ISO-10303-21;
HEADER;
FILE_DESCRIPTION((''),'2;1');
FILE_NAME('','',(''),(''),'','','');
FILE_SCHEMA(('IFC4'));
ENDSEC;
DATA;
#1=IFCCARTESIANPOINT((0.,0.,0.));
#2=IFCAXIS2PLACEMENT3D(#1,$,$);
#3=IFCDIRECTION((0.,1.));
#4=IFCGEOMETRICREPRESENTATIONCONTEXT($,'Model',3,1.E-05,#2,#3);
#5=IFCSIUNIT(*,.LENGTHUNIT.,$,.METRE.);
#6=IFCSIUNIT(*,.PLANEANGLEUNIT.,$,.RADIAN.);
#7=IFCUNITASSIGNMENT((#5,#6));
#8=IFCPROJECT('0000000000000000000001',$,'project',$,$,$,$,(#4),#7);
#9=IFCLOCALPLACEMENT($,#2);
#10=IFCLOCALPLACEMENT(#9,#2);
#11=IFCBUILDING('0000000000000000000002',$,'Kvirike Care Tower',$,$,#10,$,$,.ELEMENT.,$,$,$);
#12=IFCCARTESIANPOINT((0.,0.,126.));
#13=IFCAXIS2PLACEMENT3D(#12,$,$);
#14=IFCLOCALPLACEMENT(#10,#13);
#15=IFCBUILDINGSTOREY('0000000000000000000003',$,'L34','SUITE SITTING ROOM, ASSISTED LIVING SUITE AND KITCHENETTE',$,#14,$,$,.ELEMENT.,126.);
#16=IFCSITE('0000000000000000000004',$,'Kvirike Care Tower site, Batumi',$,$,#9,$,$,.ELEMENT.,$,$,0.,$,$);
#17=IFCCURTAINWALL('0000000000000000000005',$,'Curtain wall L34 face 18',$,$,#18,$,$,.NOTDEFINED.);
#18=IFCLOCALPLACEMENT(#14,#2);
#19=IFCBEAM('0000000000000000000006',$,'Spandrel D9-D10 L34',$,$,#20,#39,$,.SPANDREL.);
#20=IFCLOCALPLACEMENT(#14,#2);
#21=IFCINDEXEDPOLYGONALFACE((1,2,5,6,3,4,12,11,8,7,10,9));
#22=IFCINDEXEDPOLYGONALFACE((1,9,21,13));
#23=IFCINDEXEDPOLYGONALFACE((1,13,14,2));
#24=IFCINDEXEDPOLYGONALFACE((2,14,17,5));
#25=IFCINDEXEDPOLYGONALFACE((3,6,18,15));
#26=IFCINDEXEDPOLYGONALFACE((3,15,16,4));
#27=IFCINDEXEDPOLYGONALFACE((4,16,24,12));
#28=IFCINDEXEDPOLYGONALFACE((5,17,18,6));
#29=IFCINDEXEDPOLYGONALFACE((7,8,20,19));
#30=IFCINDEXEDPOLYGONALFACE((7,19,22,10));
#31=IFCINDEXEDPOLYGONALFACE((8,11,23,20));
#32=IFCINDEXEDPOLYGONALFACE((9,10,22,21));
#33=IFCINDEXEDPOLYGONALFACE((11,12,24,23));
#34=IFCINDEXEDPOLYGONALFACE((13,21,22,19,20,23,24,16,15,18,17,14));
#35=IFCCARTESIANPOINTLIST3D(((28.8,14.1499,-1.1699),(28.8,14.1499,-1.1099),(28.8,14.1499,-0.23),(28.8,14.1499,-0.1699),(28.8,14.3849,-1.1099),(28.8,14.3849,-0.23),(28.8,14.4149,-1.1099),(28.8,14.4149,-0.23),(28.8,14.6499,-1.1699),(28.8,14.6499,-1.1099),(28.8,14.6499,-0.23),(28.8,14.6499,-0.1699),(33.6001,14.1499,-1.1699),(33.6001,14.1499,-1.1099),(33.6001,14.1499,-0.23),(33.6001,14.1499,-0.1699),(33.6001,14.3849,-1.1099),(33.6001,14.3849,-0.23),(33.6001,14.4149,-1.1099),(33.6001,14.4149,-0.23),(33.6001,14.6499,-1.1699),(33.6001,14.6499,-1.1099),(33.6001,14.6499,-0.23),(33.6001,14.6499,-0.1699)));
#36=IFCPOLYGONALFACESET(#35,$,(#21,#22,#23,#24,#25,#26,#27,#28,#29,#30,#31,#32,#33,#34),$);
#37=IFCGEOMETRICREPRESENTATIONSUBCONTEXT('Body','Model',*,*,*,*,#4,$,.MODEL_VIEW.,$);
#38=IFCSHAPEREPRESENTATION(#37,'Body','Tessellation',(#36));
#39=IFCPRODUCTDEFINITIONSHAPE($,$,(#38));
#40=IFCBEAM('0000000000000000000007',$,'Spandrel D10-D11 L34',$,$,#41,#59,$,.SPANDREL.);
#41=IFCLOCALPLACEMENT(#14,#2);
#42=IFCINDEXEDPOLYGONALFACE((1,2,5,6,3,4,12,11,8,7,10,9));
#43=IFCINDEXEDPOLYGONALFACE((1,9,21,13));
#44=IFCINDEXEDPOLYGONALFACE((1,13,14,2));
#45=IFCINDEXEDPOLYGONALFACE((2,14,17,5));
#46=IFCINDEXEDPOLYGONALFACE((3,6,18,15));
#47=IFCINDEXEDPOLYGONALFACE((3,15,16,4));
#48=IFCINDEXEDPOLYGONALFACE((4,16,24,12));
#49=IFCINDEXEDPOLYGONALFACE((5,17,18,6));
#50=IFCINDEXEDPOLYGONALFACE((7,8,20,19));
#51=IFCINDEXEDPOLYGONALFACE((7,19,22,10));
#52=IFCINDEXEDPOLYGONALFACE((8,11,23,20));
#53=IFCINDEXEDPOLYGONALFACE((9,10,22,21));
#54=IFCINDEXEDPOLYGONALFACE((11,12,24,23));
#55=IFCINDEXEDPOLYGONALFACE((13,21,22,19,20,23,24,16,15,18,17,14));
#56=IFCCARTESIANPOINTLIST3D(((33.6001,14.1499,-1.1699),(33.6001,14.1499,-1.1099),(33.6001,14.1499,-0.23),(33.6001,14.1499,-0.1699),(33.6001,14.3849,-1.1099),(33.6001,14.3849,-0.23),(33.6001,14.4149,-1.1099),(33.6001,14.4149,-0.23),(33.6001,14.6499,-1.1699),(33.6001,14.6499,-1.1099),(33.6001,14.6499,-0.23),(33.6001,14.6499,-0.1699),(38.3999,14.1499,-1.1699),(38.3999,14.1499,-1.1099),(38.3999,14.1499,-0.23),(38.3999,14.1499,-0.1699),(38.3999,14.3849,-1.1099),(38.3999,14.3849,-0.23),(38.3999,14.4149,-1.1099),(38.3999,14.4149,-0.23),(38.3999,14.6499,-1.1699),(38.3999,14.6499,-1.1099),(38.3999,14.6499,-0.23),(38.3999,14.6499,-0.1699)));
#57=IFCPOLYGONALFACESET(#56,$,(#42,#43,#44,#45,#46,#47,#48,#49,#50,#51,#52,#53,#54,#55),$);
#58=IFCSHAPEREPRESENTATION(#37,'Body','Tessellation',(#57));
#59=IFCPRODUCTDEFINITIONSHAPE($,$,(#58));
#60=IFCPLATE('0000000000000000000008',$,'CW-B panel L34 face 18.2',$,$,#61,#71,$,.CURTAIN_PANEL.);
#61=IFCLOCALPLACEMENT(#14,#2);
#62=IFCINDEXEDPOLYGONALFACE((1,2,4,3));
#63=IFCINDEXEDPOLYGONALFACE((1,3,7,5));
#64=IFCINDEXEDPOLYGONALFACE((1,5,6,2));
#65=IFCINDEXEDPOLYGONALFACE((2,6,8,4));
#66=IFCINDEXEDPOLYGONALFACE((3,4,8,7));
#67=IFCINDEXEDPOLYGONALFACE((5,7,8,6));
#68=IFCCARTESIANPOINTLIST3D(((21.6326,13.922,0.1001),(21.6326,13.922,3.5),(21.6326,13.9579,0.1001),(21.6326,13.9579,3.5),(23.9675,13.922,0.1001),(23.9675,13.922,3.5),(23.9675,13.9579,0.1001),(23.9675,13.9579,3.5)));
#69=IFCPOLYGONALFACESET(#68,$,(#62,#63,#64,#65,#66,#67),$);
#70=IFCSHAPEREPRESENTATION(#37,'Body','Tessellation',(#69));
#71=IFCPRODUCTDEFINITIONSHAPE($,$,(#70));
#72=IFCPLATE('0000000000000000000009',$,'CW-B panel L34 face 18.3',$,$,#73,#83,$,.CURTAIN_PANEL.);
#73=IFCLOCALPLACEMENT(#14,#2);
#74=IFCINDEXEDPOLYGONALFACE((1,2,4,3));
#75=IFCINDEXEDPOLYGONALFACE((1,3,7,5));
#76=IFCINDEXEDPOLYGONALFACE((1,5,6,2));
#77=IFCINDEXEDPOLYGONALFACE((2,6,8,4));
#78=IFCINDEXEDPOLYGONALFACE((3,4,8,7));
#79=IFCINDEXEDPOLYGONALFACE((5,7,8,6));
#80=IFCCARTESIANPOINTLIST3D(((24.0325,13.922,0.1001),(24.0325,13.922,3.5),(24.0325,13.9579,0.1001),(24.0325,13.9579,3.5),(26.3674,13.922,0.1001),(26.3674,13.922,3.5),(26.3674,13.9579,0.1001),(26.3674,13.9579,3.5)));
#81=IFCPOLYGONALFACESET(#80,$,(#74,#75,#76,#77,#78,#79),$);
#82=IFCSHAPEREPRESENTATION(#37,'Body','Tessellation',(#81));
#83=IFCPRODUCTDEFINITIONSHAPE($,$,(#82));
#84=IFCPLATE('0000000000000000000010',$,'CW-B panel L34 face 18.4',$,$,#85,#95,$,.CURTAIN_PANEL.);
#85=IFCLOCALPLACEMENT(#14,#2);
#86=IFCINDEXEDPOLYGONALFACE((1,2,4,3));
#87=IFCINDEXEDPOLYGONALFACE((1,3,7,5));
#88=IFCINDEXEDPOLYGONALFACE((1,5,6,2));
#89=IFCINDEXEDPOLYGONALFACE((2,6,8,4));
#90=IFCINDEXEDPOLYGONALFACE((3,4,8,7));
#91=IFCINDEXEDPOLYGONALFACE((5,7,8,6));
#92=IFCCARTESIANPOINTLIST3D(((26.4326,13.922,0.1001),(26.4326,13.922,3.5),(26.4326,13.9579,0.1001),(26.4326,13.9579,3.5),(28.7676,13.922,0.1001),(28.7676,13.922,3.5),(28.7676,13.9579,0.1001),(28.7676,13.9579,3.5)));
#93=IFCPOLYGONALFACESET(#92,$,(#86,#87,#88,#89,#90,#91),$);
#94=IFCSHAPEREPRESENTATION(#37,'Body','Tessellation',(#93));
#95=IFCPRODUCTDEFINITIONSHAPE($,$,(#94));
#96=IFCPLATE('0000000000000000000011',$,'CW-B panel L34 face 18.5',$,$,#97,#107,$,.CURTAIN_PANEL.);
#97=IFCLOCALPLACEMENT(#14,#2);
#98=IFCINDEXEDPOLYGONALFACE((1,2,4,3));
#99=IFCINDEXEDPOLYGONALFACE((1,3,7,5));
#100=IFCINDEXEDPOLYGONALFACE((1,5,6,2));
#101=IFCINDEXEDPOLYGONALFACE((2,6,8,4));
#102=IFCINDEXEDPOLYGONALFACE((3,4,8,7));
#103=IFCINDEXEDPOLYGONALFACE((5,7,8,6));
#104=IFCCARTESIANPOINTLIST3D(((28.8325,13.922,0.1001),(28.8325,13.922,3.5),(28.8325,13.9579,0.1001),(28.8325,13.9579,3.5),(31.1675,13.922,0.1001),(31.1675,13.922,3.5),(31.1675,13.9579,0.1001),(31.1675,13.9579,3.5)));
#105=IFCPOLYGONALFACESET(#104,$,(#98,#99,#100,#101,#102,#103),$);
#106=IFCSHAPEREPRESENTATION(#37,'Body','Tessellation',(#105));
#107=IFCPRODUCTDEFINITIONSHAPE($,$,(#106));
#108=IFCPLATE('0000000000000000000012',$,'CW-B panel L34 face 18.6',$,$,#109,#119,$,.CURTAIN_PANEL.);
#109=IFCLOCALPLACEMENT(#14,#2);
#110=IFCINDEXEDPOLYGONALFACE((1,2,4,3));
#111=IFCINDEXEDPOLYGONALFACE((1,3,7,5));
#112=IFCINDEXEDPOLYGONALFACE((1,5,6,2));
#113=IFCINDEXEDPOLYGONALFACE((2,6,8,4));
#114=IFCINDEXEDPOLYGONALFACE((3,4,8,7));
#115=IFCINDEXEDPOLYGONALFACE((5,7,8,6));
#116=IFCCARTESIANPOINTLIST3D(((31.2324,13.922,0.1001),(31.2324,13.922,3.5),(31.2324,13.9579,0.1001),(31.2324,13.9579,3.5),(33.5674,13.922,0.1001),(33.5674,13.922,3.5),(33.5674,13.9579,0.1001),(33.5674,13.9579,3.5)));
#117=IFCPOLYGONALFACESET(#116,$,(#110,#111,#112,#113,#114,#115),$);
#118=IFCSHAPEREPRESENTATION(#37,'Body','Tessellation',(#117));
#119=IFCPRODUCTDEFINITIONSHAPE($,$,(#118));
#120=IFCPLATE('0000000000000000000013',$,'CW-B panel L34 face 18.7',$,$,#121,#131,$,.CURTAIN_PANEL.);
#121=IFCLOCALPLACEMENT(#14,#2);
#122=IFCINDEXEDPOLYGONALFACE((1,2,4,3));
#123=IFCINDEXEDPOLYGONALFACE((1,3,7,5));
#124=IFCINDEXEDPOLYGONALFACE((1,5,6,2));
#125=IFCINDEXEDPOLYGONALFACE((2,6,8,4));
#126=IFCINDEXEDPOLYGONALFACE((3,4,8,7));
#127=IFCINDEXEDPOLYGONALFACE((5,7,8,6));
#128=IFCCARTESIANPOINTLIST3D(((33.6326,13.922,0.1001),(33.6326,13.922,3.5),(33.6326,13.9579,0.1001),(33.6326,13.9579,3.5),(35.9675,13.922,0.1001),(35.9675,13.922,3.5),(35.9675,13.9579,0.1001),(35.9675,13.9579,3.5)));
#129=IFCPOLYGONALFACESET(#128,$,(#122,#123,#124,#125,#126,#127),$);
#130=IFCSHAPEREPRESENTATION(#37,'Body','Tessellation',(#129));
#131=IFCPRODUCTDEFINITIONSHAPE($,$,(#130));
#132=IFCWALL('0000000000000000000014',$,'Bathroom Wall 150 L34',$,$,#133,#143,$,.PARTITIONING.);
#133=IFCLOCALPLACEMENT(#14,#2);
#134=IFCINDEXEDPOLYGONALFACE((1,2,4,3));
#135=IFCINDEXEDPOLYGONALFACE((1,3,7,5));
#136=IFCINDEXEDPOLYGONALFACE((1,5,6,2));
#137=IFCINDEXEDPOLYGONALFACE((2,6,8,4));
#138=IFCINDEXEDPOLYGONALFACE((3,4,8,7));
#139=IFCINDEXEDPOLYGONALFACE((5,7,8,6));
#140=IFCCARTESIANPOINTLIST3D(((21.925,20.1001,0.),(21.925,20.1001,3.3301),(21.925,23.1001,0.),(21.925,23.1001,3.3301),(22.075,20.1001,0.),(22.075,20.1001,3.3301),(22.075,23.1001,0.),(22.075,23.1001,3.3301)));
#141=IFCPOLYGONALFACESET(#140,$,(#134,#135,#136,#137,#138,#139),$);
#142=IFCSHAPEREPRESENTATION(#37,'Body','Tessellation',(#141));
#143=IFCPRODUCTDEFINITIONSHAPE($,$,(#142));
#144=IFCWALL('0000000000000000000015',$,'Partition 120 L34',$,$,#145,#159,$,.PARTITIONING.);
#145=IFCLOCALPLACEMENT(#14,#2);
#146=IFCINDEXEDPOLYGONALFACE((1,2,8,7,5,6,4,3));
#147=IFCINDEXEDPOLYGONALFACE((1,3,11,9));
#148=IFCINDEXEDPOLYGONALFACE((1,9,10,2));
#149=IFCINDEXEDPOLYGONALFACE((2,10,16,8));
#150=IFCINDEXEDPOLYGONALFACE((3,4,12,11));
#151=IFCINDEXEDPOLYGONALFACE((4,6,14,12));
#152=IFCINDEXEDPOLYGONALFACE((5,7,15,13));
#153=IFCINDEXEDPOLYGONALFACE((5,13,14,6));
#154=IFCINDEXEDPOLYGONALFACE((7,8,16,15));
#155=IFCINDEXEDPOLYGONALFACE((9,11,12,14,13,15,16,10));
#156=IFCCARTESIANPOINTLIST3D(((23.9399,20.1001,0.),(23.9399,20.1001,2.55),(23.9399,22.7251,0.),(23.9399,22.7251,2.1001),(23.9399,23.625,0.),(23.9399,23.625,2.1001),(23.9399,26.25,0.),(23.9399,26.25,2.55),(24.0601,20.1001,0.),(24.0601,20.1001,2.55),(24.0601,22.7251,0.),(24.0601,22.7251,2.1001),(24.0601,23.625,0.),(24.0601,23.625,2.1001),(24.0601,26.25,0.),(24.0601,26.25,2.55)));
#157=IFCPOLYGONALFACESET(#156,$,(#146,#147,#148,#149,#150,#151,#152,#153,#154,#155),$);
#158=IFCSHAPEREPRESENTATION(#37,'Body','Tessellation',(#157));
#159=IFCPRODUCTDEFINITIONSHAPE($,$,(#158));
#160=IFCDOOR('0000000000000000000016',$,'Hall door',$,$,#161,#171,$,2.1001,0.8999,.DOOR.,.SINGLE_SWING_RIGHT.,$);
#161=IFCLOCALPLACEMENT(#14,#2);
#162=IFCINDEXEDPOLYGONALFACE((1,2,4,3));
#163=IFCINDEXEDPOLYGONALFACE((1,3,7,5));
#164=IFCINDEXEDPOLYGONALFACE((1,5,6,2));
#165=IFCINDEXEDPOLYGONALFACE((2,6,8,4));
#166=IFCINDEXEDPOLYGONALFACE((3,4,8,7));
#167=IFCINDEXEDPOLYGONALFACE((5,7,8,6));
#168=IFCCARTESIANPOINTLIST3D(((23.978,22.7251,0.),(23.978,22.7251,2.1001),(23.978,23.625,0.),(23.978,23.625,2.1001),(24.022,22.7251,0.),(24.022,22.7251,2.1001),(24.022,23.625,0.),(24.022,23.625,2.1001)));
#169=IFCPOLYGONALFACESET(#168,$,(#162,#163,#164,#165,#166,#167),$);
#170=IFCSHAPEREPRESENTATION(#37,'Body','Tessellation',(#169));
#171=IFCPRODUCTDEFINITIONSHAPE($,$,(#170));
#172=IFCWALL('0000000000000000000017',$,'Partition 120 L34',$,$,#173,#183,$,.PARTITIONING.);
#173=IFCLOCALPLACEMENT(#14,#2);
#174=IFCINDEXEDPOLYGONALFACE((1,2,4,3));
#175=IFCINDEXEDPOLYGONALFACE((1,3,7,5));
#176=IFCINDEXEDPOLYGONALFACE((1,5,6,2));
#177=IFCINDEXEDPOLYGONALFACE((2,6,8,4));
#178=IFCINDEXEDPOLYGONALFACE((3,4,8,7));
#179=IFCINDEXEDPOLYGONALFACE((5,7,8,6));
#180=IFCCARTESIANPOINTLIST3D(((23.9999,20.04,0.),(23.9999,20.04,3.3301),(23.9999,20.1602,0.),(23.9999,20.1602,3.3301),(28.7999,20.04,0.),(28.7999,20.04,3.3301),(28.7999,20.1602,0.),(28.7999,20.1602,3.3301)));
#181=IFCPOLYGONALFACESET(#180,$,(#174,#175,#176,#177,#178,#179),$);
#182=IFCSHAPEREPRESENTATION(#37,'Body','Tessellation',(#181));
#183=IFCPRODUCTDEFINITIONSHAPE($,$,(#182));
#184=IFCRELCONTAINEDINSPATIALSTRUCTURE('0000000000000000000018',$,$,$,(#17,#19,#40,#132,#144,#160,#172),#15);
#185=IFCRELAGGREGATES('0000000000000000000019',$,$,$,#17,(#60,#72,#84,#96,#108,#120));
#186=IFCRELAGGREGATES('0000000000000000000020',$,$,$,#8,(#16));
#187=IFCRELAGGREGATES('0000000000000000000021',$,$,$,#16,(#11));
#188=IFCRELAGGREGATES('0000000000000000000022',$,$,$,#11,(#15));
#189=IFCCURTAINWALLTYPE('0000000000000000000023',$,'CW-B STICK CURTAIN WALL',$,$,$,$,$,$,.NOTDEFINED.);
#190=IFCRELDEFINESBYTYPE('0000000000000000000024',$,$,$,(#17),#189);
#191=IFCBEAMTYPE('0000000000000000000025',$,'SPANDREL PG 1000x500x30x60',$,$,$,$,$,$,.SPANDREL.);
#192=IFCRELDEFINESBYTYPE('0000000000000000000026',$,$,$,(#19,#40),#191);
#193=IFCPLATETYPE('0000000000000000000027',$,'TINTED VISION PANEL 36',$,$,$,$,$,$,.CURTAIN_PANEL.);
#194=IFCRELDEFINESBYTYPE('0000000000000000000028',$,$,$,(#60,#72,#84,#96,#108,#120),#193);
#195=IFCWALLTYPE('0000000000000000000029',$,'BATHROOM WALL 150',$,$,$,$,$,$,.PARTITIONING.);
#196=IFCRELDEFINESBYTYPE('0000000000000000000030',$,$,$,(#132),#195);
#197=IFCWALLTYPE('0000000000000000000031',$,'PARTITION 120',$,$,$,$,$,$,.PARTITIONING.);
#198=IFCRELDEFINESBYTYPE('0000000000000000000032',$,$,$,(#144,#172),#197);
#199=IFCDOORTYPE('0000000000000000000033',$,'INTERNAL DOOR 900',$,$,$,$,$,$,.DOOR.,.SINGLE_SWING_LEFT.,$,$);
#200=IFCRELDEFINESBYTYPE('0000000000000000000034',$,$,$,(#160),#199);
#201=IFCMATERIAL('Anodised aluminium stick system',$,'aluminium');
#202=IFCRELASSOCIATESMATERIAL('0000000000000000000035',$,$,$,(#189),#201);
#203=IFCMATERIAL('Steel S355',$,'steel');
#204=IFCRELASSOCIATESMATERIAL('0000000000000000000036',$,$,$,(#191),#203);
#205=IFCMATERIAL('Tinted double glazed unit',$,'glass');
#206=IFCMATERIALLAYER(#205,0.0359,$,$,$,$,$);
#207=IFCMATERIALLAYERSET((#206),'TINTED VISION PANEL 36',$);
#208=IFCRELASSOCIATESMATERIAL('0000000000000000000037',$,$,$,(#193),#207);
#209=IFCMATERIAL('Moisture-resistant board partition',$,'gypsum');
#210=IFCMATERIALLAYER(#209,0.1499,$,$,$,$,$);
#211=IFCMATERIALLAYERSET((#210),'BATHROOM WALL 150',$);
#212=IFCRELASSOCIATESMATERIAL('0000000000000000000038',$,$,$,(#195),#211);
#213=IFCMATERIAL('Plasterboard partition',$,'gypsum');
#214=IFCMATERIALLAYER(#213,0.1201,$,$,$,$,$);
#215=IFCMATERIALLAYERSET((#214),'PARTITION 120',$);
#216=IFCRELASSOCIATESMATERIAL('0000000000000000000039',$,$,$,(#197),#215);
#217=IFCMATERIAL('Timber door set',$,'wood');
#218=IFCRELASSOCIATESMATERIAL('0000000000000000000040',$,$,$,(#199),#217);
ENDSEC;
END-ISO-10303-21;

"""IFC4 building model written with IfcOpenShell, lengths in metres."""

from ifc_helpers import new_model, si_unit, direction, frame, frame_2d, origin, origin_2d, place, context, subcontext, project, spatial, rectangle, i_section, extrude, material, layer, layer_set, material_profile, profile_set, type_object, element, fill, aggregate, save


model = new_model("IFC4")

# Units and contexts
model_context = context("Model", 3, precision=1e-05, world=origin(), true_north=direction((0.0, 1.0)))
body_context = subcontext(model_context, "Body", "Model", "MODEL_VIEW")
ifc_project = project(units=[si_unit("LENGTHUNIT", "METRE"), si_unit("PLANEANGLEUNIT", "RADIAN")], contexts=[model_context])

# Site, building, storey
site_placement = place(None, origin())
site = spatial("IfcSite", under=ifc_project, at=site_placement, Name="Kvirike Care Tower site, Batumi", CompositionType="ELEMENT", RefElevation=0.0)
building_placement = place(site_placement, origin())
building = spatial("IfcBuilding", under=site, at=building_placement, Name="Kvirike Care Tower", CompositionType="ELEMENT")
storey_placement = place(building_placement, frame((0.0, 0.0, 126.0)))
storey = spatial("IfcBuildingStorey", under=building, at=storey_placement, Name="L34", Description="SUITE SITTING ROOM, ASSISTED LIVING SUITE AND KITCHENETTE", CompositionType="ELEMENT", Elevation=126.0)

# Curtain wall
ifc_material_1 = material(Name="Anodised aluminium stick system", Category="aluminium")
curtain_wall_type = type_object("IfcCurtainWallType", Name="CW-B STICK CURTAIN WALL", PredefinedType="NOTDEFINED", material=ifc_material_1)
curtain_wall_placement = place(storey_placement, origin())
curtain_wall = element("IfcCurtainWall", 1, at=curtain_wall_placement, inside=storey, type_object=curtain_wall_type, Name="Curtain wall L34 face 18", PredefinedType="NOTDEFINED")

# Beams
ifc_material_2 = material(Name="Steel S355", Category="steel")
ifc_material_profile_1 = material_profile(ifc_material_2, i_section(OverallWidth=0.5, OverallDepth=1.0, WebThickness=0.03, FlangeThickness=0.0601, at=origin_2d()), Name="PG 1000x500x30x60")
ifc_profile_set_1 = profile_set([ifc_material_profile_1], Name="Steel S355")
beam_type_1 = type_object("IfcBeamType", Name="SPANDREL PG 1000x500x30x60", PredefinedType="SPANDREL", material=ifc_profile_set_1)
for number, where, z_axis, x_axis, name in (
    (2, (28.8, 14.3999, -0.6699), (1.0, 0.0, 0.0), (0.0, 1.0, 0.0), "Spandrel D9-D10 L34"),
):
    element("IfcBeam", number, at=place(storey_placement, frame(where, z_axis=z_axis, x_axis=x_axis)), inside=storey, type_object=beam_type_1, Name=name, PredefinedType="SPANDREL", context=body_context, shape_type="SweptSolid", body=[
        extrude(i_section(OverallWidth=0.5, OverallDepth=1.0, WebThickness=0.03, FlangeThickness=0.0601, at=origin_2d()), origin(), (0.0, 0.0, 1.0), 4.8),
    ])
beam_1_placement = place(storey_placement, frame((33.6001, 14.3999, -0.6699), z_axis=(1.0, 0.0, 0.0), x_axis=(0.0, 1.0, 0.0)))
element("IfcBeam", 3, at=beam_1_placement, inside=storey, type_object=beam_type_1, Name="Spandrel D10-D11 L34", PredefinedType="SPANDREL", context=body_context, shape_type="SweptSolid", body=[
    extrude(i_section(OverallWidth=0.5, OverallDepth=1.0, WebThickness=0.03, FlangeThickness=0.0601, at=origin_2d()), origin(), (0.0, 0.0, 1.0), 4.7998),
])

# Plates
ifc_material_3 = material(Name="Tinted double glazed unit", Category="glass")
ifc_layer_1 = layer(ifc_material_3, 0.0359)
ifc_layer_set_1 = layer_set([ifc_layer_1], Name="TINTED VISION PANEL 36")
plate_type = type_object("IfcPlateType", Name="TINTED VISION PANEL 36", PredefinedType="CURTAIN_PANEL", material=ifc_layer_set_1)
plate_1_placement = place(storey_placement, frame((22.8, 13.9399, 0.1001), z_axis=(0.0, 0.0, 1.0), x_axis=(1.0, 0.0, 0.0)))
plate_1 = element("IfcPlate", 4, at=plate_1_placement, type_object=plate_type, Name="CW-B panel L34 face 18.2", PredefinedType="CURTAIN_PANEL", context=body_context, shape_type="SweptSolid", body=[
    extrude(rectangle(XDim=2.335, YDim=0.0359, at=origin_2d()), origin(), (0.0, 0.0, 1.0), 3.3999),
])
plate_2_placement = place(storey_placement, frame((25.2, 13.9399, 0.1001), z_axis=(0.0, 0.0, 1.0), x_axis=(1.0, 0.0, 0.0)))
plate_2 = element("IfcPlate", 5, at=plate_2_placement, type_object=plate_type, Name="CW-B panel L34 face 18.3", PredefinedType="CURTAIN_PANEL", context=body_context, shape_type="SweptSolid", body=[
    extrude(rectangle(XDim=2.335, YDim=0.0359, at=origin_2d()), origin(), (0.0, 0.0, 1.0), 3.3999),
])
plate_3_placement = place(storey_placement, frame((27.6001, 13.9399, 0.1001), z_axis=(0.0, 0.0, 1.0), x_axis=(1.0, 0.0, 0.0)))
plate_3 = element("IfcPlate", 6, at=plate_3_placement, type_object=plate_type, Name="CW-B panel L34 face 18.4", PredefinedType="CURTAIN_PANEL", context=body_context, shape_type="SweptSolid", body=[
    extrude(rectangle(XDim=2.335, YDim=0.0359, at=origin_2d()), origin(), (0.0, 0.0, 1.0), 3.3999),
])
plate_4_placement = place(storey_placement, frame((30.0, 13.9399, 0.1001), z_axis=(0.0, 0.0, 1.0), x_axis=(1.0, 0.0, 0.0)))
plate_4 = element("IfcPlate", 7, at=plate_4_placement, type_object=plate_type, Name="CW-B panel L34 face 18.5", PredefinedType="CURTAIN_PANEL", context=body_context, shape_type="SweptSolid", body=[
    extrude(rectangle(XDim=2.335, YDim=0.0359, at=origin_2d()), origin(), (0.0, 0.0, 1.0), 3.3999),
])
plate_5_placement = place(storey_placement, frame((32.3999, 13.9399, 0.1001), z_axis=(0.0, 0.0, 1.0), x_axis=(1.0, 0.0, 0.0)))
plate_5 = element("IfcPlate", 8, at=plate_5_placement, type_object=plate_type, Name="CW-B panel L34 face 18.6", PredefinedType="CURTAIN_PANEL", context=body_context, shape_type="SweptSolid", body=[
    extrude(rectangle(XDim=2.335, YDim=0.0359, at=origin_2d()), origin(), (0.0, 0.0, 1.0), 3.3999),
])
plate_6_placement = place(storey_placement, frame((34.8, 13.9399, 0.1001), z_axis=(0.0, 0.0, 1.0), x_axis=(1.0, 0.0, 0.0)))
plate_6 = element("IfcPlate", 9, at=plate_6_placement, type_object=plate_type, Name="CW-B panel L34 face 18.7", PredefinedType="CURTAIN_PANEL", context=body_context, shape_type="SweptSolid", body=[
    extrude(rectangle(XDim=2.335, YDim=0.0359, at=origin_2d()), origin(), (0.0, 0.0, 1.0), 3.3999),
])
aggregate(curtain_wall, [plate_1, plate_2, plate_3, plate_4, plate_5, plate_6])

# Wall
ifc_material_4 = material(Name="Moisture-resistant board partition", Category="gypsum")
ifc_layer_2 = layer(ifc_material_4, 0.1499)
ifc_layer_set_2 = layer_set([ifc_layer_2], Name="BATHROOM WALL 150")
wall_type_1 = type_object("IfcWallType", Name="BATHROOM WALL 150", PredefinedType="PARTITIONING", material=ifc_layer_set_2)
wall_1_placement = place(storey_placement, frame((22.0, 20.1001, 0.0), z_axis=(0.0, 0.0, 1.0), x_axis=(0.0, 1.0, 0.0)))
element("IfcWall", 10, at=wall_1_placement, inside=storey, type_object=wall_type_1, Name="Bathroom Wall 150 L34", PredefinedType="PARTITIONING", context=body_context, shape_type="SweptSolid", body=[
    extrude(rectangle(XDim=3.0, YDim=0.1499, at=frame_2d((1.5, 0.0))), origin(), (0.0, 0.0, 1.0), 3.3301),
])

# Wall, opening, door
ifc_material_5 = material(Name="Plasterboard partition", Category="gypsum")
ifc_layer_3 = layer(ifc_material_5, 0.1201)
ifc_layer_set_3 = layer_set([ifc_layer_3], Name="PARTITION 120")
wall_type_2 = type_object("IfcWallType", Name="PARTITION 120", PredefinedType="PARTITIONING", material=ifc_layer_set_3)
wall_2_placement = place(storey_placement, frame((24.0, 20.1001, 0.0), z_axis=(0.0, 0.0, 1.0), x_axis=(0.0, 1.0, 0.0)))
wall_2 = element("IfcWall", 11, at=wall_2_placement, inside=storey, type_object=wall_type_2, Name="Partition 120 L34", PredefinedType="PARTITIONING", context=body_context, shape_type="SweptSolid", body=[
    extrude(rectangle(XDim=6.1499, YDim=0.1201, at=frame_2d((3.075, 0.0))), origin(), (0.0, 0.0, 1.0), 2.55),
])
opening_placement = place(wall_2_placement, frame((2.625, 0.0, 0.0)))
opening = element("IfcOpeningElement", 12, at=opening_placement, cuts=wall_2, PredefinedType="OPENING", context=body_context, shape_type="SweptSolid", body=[
    extrude(rectangle(XDim=0.8999, YDim=2.1001, at=frame_2d((0.45, 1.05))), frame((0.0, 0.0706, 0.0), z_axis=(0.0, -1.0, 0.0), x_axis=(1.0, 0.0, 0.0)), (0.0, 0.0, 1.0), 0.1411),
])
ifc_material_6 = material(Name="Timber door set", Category="wood")
door_type = type_object("IfcDoorType", Name="INTERNAL DOOR 900", OperationType="SINGLE_SWING_LEFT", PredefinedType="DOOR", material=ifc_material_6)
door_placement = place(opening_placement, frame((0.8999, 0.0, 0.0), z_axis=(0.0, 0.0, 1.0), x_axis=(-1.0, 0.0, 0.0)))
door = element("IfcDoor", 13, at=door_placement, inside=storey, type_object=door_type, Name="Hall door", OperationType="SINGLE_SWING_RIGHT", OverallHeight=2.1001, OverallWidth=0.8999, PredefinedType="DOOR", context=body_context, shape_type="SweptSolid", body=[
    extrude(rectangle(XDim=0.8999, YDim=2.1001, at=frame_2d((0.45, 1.05))), frame((0.0, 0.022, 0.0), z_axis=(0.0, -1.0, 0.0), x_axis=(1.0, 0.0, 0.0)), (0.0, 0.0, 1.0), 0.0439),
])
fill(opening, door)

# Wall
wall_3_placement = place(storey_placement, frame((24.0, 20.1001, 0.0), z_axis=(0.0, 0.0, 1.0), x_axis=(1.0, 0.0, 0.0)))
element("IfcWall", 14, at=wall_3_placement, inside=storey, type_object=wall_type_2, Name="Partition 120 L34", PredefinedType="PARTITIONING", context=body_context, shape_type="SweptSolid", body=[
    extrude(rectangle(XDim=4.8, YDim=0.1201, at=frame_2d((2.3999, 0.0))), origin(), (0.0, 0.0, 1.0), 3.3301),
])

save(model, "model.ifc")
